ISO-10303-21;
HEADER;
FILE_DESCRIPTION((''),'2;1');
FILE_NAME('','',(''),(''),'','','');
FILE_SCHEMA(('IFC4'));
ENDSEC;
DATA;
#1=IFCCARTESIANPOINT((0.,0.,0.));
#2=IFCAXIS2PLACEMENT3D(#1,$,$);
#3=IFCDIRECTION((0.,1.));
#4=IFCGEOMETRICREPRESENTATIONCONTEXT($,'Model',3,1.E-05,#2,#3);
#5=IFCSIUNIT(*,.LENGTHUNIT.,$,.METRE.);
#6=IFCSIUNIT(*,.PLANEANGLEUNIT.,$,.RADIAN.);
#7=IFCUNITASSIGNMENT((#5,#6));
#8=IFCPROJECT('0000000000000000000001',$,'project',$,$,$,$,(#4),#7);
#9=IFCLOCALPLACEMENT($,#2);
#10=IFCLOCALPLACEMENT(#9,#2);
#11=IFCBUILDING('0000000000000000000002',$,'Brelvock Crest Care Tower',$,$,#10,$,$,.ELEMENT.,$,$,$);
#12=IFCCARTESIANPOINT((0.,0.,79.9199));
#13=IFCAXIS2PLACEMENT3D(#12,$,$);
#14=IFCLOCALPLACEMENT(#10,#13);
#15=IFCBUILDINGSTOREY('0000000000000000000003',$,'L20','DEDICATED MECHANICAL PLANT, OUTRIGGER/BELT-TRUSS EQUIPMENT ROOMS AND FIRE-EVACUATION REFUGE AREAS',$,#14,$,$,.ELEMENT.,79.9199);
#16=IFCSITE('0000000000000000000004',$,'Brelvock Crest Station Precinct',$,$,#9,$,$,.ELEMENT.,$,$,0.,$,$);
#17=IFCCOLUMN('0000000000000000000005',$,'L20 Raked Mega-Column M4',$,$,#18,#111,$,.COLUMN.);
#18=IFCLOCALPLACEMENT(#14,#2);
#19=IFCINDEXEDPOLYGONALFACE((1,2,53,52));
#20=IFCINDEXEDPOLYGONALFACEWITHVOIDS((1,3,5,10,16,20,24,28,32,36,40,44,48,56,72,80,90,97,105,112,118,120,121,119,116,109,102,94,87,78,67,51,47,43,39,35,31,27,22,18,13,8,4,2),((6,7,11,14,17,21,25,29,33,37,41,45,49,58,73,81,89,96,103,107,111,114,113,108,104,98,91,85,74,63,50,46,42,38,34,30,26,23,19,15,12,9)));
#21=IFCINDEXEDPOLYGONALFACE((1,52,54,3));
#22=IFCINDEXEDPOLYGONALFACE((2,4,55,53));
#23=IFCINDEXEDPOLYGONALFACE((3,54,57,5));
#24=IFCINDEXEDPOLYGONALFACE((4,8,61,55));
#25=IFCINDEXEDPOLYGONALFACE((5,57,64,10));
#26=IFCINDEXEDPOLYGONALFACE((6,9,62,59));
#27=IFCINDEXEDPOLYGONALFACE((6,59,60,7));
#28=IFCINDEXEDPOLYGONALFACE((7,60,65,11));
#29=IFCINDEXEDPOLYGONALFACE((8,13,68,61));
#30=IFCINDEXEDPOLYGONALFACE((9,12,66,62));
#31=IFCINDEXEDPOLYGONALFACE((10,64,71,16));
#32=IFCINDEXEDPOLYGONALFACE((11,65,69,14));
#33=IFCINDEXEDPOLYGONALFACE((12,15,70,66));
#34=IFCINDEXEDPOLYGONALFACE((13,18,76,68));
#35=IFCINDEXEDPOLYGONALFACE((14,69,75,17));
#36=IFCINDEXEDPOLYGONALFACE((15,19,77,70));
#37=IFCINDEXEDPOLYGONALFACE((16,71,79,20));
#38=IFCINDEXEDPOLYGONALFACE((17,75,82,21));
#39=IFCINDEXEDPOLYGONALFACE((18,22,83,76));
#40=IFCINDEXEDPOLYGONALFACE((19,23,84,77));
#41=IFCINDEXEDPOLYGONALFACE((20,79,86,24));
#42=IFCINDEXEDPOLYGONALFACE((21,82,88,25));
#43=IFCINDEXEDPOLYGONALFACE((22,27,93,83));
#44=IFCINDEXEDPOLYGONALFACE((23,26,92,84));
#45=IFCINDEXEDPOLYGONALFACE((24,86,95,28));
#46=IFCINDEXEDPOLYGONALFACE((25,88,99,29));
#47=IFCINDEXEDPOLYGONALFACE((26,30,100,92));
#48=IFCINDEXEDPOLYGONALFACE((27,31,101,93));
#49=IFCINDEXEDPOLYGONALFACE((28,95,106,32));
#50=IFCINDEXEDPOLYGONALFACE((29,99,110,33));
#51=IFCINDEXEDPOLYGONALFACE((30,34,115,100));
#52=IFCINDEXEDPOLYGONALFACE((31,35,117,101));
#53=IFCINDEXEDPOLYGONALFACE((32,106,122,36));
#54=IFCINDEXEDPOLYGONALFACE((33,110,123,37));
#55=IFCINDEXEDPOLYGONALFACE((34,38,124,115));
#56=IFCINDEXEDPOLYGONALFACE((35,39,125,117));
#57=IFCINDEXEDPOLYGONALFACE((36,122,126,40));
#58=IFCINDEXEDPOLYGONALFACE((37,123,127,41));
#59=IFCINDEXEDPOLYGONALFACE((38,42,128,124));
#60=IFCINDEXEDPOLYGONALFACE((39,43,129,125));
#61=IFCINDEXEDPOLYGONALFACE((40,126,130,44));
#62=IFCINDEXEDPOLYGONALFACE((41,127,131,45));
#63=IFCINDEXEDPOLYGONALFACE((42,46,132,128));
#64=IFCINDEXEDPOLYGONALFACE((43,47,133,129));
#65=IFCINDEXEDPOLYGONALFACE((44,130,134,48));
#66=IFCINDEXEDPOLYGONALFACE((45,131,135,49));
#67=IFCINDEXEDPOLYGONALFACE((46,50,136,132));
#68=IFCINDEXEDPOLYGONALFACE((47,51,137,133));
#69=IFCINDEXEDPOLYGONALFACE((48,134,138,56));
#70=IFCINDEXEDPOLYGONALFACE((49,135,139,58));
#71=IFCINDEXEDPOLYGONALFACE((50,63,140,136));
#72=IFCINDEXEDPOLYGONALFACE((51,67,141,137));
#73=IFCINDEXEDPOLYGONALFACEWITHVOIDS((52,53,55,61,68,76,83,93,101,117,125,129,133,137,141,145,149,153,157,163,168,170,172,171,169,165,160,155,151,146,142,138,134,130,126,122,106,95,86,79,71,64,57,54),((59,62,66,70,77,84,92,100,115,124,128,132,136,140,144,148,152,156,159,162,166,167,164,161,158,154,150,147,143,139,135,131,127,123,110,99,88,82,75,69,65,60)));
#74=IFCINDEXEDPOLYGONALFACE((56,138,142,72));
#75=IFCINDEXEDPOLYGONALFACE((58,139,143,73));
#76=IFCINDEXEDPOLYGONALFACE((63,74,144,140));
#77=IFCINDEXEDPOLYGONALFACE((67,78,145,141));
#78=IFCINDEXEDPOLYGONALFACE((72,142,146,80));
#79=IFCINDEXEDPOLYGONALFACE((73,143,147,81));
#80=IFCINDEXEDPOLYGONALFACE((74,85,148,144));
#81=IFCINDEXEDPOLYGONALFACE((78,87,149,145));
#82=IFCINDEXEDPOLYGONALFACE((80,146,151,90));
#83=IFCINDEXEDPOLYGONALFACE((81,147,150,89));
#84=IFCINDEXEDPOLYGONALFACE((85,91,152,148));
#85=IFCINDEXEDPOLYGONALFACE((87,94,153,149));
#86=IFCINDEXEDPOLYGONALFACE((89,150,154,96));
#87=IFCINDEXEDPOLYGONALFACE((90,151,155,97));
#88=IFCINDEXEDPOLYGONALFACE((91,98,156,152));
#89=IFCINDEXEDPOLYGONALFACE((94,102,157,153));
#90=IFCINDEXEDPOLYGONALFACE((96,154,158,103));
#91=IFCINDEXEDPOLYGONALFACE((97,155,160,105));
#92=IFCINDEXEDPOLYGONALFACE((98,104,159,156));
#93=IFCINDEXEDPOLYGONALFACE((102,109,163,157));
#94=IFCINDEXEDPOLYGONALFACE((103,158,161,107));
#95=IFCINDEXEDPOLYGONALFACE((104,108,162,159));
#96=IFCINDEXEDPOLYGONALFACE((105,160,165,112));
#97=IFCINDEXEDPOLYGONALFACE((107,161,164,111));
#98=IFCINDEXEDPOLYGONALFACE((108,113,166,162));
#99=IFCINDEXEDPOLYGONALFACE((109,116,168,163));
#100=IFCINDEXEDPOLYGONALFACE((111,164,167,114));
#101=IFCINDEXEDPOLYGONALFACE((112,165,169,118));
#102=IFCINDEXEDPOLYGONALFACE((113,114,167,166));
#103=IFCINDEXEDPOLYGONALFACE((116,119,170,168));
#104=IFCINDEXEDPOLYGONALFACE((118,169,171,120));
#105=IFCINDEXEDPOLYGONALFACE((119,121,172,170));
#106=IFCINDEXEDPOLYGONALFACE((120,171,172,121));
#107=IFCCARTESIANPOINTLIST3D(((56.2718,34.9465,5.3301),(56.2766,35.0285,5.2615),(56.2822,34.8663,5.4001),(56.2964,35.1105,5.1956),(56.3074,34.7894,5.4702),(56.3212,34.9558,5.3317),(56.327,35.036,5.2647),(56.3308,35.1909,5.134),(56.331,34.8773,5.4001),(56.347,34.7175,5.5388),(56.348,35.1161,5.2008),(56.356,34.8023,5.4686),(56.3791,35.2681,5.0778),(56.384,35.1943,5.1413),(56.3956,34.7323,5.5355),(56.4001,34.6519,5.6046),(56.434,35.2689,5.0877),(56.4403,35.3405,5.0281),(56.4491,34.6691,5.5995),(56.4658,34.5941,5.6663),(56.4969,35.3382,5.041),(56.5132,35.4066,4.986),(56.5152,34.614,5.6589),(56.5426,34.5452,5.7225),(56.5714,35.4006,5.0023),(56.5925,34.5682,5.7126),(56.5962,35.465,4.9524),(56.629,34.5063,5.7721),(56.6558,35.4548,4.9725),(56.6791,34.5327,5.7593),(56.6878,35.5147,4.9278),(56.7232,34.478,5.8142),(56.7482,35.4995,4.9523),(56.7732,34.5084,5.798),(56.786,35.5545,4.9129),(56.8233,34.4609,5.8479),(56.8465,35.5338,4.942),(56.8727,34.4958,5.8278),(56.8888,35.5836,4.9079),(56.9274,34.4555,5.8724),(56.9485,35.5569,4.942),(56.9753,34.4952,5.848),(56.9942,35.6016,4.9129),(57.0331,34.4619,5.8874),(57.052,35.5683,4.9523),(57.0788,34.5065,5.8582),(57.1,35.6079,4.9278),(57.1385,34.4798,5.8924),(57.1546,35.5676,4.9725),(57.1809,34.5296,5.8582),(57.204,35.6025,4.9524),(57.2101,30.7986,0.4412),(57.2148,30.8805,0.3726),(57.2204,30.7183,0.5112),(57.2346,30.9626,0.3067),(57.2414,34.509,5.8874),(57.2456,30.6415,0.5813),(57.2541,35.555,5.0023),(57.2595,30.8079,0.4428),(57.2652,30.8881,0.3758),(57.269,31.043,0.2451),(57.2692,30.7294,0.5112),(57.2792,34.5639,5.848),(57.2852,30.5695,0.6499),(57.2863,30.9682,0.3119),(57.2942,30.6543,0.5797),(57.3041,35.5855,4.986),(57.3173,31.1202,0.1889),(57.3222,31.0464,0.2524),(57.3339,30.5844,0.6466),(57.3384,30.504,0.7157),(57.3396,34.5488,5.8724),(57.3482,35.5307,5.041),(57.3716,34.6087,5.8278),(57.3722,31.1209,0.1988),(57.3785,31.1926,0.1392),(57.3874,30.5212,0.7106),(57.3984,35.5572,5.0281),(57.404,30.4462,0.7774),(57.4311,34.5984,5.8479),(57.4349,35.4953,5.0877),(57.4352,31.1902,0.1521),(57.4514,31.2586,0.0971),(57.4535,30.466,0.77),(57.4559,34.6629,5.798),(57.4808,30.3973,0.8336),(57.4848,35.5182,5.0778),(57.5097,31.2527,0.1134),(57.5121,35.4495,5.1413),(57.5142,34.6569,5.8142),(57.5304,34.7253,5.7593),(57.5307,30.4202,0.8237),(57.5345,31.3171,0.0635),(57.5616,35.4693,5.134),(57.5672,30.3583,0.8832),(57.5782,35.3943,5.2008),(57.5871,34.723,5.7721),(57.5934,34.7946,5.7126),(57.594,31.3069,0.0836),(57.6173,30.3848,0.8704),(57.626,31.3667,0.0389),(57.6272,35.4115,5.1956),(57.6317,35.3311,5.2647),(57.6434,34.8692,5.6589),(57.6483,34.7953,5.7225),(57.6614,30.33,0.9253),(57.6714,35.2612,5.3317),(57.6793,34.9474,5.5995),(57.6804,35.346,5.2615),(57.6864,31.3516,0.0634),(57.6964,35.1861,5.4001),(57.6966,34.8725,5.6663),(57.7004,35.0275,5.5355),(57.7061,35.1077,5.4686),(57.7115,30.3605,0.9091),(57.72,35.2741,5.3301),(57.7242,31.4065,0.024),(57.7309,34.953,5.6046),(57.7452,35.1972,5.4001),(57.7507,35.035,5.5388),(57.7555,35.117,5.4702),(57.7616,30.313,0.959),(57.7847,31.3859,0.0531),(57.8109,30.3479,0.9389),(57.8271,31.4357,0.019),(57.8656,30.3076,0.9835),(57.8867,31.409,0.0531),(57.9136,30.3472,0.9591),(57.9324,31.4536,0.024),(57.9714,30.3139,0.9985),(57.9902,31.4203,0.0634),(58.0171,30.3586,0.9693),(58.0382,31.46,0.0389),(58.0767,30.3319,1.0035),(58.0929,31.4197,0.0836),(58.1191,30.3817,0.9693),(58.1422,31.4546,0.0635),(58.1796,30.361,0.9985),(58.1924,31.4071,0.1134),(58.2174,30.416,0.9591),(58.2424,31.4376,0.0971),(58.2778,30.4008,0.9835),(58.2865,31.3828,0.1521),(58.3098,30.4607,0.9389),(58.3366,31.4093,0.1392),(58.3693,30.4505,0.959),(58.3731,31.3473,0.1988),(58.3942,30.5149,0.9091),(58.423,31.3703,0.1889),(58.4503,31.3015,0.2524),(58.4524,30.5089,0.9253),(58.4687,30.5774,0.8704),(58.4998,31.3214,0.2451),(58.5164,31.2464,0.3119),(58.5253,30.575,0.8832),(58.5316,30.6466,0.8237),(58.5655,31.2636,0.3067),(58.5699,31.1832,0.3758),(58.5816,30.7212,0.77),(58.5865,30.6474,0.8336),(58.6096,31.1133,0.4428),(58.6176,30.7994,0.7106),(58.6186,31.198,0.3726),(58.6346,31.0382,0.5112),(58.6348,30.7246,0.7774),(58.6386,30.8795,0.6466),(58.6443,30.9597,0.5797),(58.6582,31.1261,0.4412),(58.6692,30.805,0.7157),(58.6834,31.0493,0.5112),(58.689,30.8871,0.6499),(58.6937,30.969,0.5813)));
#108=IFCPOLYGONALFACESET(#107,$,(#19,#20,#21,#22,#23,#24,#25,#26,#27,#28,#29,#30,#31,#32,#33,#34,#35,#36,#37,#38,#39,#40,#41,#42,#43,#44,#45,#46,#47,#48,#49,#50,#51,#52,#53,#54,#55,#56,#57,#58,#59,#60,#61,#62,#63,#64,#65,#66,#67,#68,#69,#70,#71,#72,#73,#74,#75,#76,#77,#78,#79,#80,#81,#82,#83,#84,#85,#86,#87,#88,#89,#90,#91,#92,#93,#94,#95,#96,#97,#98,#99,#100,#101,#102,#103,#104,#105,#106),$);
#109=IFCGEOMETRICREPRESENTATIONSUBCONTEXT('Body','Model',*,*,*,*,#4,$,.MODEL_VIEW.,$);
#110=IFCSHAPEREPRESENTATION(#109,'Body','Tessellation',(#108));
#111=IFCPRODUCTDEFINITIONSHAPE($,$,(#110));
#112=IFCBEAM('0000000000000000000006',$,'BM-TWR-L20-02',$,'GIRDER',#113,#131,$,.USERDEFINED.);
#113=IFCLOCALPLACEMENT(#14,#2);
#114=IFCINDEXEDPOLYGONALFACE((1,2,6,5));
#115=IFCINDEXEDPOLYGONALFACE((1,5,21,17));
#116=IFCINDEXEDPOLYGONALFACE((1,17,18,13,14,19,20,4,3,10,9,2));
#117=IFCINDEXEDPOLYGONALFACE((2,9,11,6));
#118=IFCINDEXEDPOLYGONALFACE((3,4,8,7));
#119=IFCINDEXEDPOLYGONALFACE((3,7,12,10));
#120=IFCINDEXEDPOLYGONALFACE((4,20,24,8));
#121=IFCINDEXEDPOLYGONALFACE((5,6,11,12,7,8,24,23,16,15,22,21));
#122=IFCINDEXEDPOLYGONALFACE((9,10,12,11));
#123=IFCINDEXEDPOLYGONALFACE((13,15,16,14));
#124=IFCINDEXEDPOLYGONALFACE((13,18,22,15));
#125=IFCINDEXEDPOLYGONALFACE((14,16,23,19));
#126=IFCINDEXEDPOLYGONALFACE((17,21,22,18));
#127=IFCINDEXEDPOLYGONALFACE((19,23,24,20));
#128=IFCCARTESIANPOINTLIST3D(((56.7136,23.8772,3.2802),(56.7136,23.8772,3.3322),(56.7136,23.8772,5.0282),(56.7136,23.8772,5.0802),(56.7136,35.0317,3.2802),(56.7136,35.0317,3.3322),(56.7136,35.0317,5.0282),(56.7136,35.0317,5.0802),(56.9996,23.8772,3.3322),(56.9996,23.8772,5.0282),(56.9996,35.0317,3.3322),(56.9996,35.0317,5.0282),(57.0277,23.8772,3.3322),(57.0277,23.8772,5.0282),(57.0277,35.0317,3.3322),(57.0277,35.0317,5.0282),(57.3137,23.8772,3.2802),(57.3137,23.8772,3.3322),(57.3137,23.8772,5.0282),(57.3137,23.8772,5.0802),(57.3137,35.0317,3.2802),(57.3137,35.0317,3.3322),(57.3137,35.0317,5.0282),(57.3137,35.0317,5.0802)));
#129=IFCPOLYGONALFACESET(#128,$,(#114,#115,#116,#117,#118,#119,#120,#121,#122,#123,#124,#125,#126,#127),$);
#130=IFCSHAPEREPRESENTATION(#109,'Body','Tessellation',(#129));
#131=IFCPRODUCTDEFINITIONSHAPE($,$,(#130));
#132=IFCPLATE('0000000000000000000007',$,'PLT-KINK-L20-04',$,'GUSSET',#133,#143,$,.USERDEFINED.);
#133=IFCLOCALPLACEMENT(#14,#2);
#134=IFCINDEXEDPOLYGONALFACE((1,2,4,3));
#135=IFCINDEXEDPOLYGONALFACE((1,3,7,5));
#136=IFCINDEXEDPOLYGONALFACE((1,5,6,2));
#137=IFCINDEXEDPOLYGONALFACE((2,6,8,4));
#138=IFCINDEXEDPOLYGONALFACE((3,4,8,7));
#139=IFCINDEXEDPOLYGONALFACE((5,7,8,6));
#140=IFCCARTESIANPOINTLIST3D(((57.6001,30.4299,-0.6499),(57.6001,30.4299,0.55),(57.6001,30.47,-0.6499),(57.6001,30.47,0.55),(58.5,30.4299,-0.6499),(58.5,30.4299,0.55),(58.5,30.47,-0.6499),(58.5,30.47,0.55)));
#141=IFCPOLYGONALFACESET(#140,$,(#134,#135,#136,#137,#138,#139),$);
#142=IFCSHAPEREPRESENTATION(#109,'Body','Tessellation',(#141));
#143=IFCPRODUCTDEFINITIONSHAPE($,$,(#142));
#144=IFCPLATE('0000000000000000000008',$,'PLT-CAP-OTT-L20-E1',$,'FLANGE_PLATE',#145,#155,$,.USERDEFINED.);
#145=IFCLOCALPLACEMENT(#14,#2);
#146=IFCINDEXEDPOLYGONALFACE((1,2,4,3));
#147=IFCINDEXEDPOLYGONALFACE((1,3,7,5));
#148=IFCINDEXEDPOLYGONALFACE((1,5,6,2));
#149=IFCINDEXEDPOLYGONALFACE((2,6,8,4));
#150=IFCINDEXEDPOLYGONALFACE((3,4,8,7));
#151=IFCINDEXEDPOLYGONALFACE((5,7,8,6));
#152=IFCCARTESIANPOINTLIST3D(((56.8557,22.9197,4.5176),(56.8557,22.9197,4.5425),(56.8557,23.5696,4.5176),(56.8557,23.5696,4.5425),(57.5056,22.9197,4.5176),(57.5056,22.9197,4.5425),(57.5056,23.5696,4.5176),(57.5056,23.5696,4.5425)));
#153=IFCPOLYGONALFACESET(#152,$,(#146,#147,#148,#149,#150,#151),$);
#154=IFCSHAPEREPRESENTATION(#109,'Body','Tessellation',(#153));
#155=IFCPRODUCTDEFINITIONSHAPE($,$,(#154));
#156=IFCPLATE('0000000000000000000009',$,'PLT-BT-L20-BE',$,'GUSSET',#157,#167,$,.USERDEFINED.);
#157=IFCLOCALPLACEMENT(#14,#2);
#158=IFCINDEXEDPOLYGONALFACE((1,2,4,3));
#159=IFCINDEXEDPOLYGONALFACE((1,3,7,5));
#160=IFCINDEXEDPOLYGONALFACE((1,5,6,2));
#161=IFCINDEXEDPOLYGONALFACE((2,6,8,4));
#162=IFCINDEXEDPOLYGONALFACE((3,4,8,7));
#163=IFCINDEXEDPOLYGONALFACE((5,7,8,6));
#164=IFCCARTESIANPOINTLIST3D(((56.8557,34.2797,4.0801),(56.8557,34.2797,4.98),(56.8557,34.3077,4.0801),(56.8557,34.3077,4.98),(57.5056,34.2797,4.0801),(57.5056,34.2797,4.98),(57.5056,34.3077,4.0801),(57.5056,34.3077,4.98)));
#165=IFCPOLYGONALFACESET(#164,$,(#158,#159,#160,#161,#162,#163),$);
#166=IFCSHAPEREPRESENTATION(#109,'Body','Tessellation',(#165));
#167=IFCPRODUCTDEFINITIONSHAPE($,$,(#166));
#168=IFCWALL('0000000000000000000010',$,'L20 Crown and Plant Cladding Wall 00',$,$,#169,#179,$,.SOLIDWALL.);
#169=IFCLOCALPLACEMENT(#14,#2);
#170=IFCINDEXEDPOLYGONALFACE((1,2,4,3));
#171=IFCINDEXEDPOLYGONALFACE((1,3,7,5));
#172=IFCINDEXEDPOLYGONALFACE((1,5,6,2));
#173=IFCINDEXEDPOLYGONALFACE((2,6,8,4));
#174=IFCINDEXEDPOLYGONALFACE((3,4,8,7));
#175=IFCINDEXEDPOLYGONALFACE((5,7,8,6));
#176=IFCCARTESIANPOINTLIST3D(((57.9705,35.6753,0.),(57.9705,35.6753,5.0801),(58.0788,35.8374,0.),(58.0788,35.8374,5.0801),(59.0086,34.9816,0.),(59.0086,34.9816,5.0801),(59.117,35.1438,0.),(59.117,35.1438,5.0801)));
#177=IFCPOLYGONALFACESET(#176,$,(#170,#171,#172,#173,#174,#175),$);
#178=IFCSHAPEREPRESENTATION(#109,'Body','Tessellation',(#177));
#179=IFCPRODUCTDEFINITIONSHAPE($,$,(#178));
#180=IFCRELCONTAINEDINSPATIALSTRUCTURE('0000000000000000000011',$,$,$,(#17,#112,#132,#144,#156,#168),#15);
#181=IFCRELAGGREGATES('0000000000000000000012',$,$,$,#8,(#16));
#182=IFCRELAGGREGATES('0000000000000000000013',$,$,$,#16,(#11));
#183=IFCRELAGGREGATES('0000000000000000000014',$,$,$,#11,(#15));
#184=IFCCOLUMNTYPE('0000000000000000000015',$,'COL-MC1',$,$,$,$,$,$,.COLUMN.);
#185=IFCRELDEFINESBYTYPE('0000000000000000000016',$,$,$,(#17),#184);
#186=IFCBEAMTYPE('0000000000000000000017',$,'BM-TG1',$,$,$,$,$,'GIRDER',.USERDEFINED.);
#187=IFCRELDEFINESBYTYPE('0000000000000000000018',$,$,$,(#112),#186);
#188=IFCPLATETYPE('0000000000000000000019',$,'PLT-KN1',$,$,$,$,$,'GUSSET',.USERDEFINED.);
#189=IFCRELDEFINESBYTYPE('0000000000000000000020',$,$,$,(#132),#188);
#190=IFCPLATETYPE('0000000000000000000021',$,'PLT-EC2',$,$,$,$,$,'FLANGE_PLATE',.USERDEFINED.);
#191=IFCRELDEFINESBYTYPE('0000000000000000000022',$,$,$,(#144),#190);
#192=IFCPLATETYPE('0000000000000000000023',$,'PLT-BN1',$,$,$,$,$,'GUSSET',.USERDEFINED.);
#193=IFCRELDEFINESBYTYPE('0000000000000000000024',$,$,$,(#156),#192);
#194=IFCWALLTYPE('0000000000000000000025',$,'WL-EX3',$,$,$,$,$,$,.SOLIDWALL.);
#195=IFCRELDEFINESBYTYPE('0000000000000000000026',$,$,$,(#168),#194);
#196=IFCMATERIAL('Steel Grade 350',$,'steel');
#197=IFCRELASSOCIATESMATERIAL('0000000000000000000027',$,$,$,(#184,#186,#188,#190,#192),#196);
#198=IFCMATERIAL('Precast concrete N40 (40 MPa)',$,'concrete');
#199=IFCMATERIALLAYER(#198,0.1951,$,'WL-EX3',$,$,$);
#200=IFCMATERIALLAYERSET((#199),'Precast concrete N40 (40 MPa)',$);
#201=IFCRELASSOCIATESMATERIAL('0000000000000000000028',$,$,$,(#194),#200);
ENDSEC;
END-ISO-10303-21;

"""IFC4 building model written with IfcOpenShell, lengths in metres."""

from ifc_helpers import new_model, si_unit, direction, frame, frame_2d, origin, origin_2d, place, context, subcontext, project, spatial, rectangle, hollow_circle, i_section, extrude, source, transform, mapped, material, layer, layer_set, material_profile, profile_set, type_object, element, save


model = new_model("IFC4")

# Units and contexts
model_context = context("Model", 3, precision=1e-05, world=origin(), true_north=direction((0.0, 1.0)))
body_context = subcontext(model_context, "Body", "Model", "MODEL_VIEW")
ifc_project = project(units=[si_unit("LENGTHUNIT", "METRE"), si_unit("PLANEANGLEUNIT", "RADIAN")], contexts=[model_context])

# Site, building, storey
site_placement = place(None, origin())
site = spatial("IfcSite", under=ifc_project, at=site_placement, Name="Brelvock Crest Station Precinct", CompositionType="ELEMENT", RefElevation=0.0)
building_placement = place(site_placement, origin())
building = spatial("IfcBuilding", under=site, at=building_placement, Name="Brelvock Crest Care Tower", CompositionType="ELEMENT")
storey_placement = place(building_placement, frame((0.0, 0.0, 79.9199)))
storey = spatial("IfcBuildingStorey", under=building, at=storey_placement, Name="L20", Description="DEDICATED MECHANICAL PLANT, OUTRIGGER/BELT-TRUSS EQUIPMENT ROOMS AND FIRE-EVACUATION REFUGE AREAS", CompositionType="ELEMENT", Elevation=79.9199)

# Column
ifc_material_1 = material(Name="Steel Grade 350", Category="steel")
ifc_material_profile_1 = material_profile(ifc_material_1, hollow_circle(Radius=0.75, WallThickness=0.05, at=origin_2d()), Name="CFT1500x50")
ifc_profile_set_1 = profile_set([ifc_material_profile_1], Name="Steel Grade 350")
column_type = type_object("IfcColumnType", Name="COL-MC1", PredefinedType="COLUMN", material=ifc_profile_set_1)
shared_shape_1 = source(origin(), body_context, "Body", "SweptSolid", [
    extrude(hollow_circle(Radius=0.75, WallThickness=0.05, at=origin_2d()), origin(), (0.0, 0.0, 1.0), 6.4797),
])
column_placement = place(storey_placement, frame((57.9519, 30.8838, 0.5112), z_axis=(-0.144794, 0.64014, 0.754491), x_axis=(-0.97536, -0.220619, 0.0)))
element("IfcColumn", 1, at=column_placement, inside=storey, type_object=column_type, Name="L20 Raked Mega-Column M4", PredefinedType="COLUMN", context=body_context, shape_type="MappedRepresentation", body=[
    mapped(shared_shape_1, transform((0.0, 0.0, 0.0), x_axis=(1.0, 0.0, 0.0), y_axis=(0.0, 1.0, 0.0), z_axis=(0.0, 0.0, 1.0), scale=1.0)),
])

# Beam
ifc_material_profile_2 = material_profile(ifc_material_1, i_section(OverallWidth=0.6001, OverallDepth=1.8, WebThickness=0.0281, FlangeThickness=0.052, at=origin_2d()), Name="1800TG740")
ifc_profile_set_2 = profile_set([ifc_material_profile_2], Name="Steel Grade 350")
beam_type = type_object("IfcBeamType", Name="BM-TG1", ElementType="GIRDER", PredefinedType="USERDEFINED", material=ifc_profile_set_2)
shared_shape_2 = source(origin(), body_context, "Body", "SweptSolid", [
    extrude(i_section(OverallWidth=0.6001, OverallDepth=1.8, WebThickness=0.0281, FlangeThickness=0.052, at=origin_2d()), origin(), (0.0, 0.0, 1.0), 11.1545),
])
beam_placement = place(storey_placement, frame((57.0137, 23.8772, 4.1802), z_axis=(0.0, 1.0, 0.0), x_axis=(-1.0, 0.0, 0.0)))
element("IfcBeam", 2, at=beam_placement, inside=storey, type_object=beam_type, Name="BM-TWR-L20-02", ObjectType="GIRDER", PredefinedType="USERDEFINED", context=body_context, shape_type="MappedRepresentation", body=[
    mapped(shared_shape_2, transform((0.0, 0.0, 0.0), x_axis=(1.0, 0.0, 0.0), y_axis=(0.0, 1.0, 0.0), z_axis=(0.0, 0.0, 1.0), scale=1.0)),
])

# Plates
plate_type_1 = type_object("IfcPlateType", Name="PLT-KN1", ElementType="GUSSET", PredefinedType="USERDEFINED", material=ifc_material_1)
shared_shape_3 = source(origin(), body_context, "Body", "SweptSolid", [
    extrude(rectangle(XDim=0.8999, YDim=0.04, at=origin_2d()), origin(), (0.0, 0.0, 1.0), 1.2),
])
plate_1_placement = place(storey_placement, frame((58.05, 30.45, -0.6499), z_axis=(0.0, 0.0, 1.0), x_axis=(1.0, 0.0, 0.0)))
element("IfcPlate", 3, at=plate_1_placement, inside=storey, type_object=plate_type_1, Name="PLT-KINK-L20-04", ObjectType="GUSSET", PredefinedType="USERDEFINED", context=body_context, shape_type="MappedRepresentation", body=[
    mapped(shared_shape_3, transform((0.0, 0.0, 0.0), x_axis=(1.0, 0.0, 0.0), y_axis=(0.0, 1.0, 0.0), z_axis=(0.0, 0.0, 1.0), scale=1.0)),
])
plate_type_2 = type_object("IfcPlateType", Name="PLT-EC2", ElementType="FLANGE_PLATE", PredefinedType="USERDEFINED", material=ifc_material_1)
shared_shape_4 = source(origin(), body_context, "Body", "SweptSolid", [
    extrude(rectangle(XDim=0.6499, YDim=0.6499, at=origin_2d()), origin(), (0.0, 0.0, 1.0), 0.0249),
])
plate_2_placement = place(storey_placement, frame((57.1807, 23.2446, 4.5176), z_axis=(0.0, 0.0, 1.0), x_axis=(1.0, 0.0, 0.0)))
element("IfcPlate", 4, at=plate_2_placement, inside=storey, type_object=plate_type_2, Name="PLT-CAP-OTT-L20-E1", ObjectType="FLANGE_PLATE", PredefinedType="USERDEFINED", context=body_context, shape_type="MappedRepresentation", body=[
    mapped(shared_shape_4, transform((0.0, 0.0, 0.0), x_axis=(1.0, 0.0, 0.0), y_axis=(0.0, 1.0, 0.0), z_axis=(0.0, 0.0, 1.0), scale=1.0)),
])
plate_type_3 = type_object("IfcPlateType", Name="PLT-BN1", ElementType="GUSSET", PredefinedType="USERDEFINED", material=ifc_material_1)
shared_shape_5 = source(origin(), body_context, "Body", "SweptSolid", [
    extrude(rectangle(XDim=0.6499, YDim=0.0281, at=origin_2d()), origin(), (0.0, 0.0, 1.0), 0.8999),
])
plate_3_placement = place(storey_placement, frame((57.1807, 34.2937, 4.0801), z_axis=(0.0, 0.0, 1.0), x_axis=(1.0, 0.0, 0.0)))
element("IfcPlate", 5, at=plate_3_placement, inside=storey, type_object=plate_type_3, Name="PLT-BT-L20-BE", ObjectType="GUSSET", PredefinedType="USERDEFINED", context=body_context, shape_type="MappedRepresentation", body=[
    mapped(shared_shape_5, transform((0.0, 0.0, 0.0), x_axis=(1.0, 0.0, 0.0), y_axis=(0.0, 1.0, 0.0), z_axis=(0.0, 0.0, 1.0), scale=1.0)),
])

# Wall
ifc_material_2 = material(Name="Precast concrete N40 (40 MPa)", Category="concrete")
ifc_layer_1 = layer(ifc_material_2, 0.1951, Name="WL-EX3")
ifc_layer_set_1 = layer_set([ifc_layer_1], Name="Precast concrete N40 (40 MPa)")
wall_type_1 = type_object("IfcWallType", Name="WL-EX3", PredefinedType="SOLIDWALL", material=ifc_layer_set_1)
for number, where, z_axis, x_axis, name in (
    (6, (58.0247, 35.7563, 0.0), (0.0, 0.0, 1.0), (0.831478, -0.555557, 0.0), "L20 Crown and Plant Cladding Wall 00"),
):
    element("IfcWall", number, at=place(storey_placement, frame(where, z_axis=z_axis, x_axis=x_axis)), inside=storey, type_object=wall_type_1, Name=name, PredefinedType="SOLIDWALL", context=body_context, shape_type="SweptSolid", body=[
        extrude(rectangle(XDim=1.2485, YDim=0.1951, at=frame_2d((0.6243, 0.0))), origin(), (0.0, 0.0, 1.0), 5.0801),
    ])

save(model, "model.ifc")
